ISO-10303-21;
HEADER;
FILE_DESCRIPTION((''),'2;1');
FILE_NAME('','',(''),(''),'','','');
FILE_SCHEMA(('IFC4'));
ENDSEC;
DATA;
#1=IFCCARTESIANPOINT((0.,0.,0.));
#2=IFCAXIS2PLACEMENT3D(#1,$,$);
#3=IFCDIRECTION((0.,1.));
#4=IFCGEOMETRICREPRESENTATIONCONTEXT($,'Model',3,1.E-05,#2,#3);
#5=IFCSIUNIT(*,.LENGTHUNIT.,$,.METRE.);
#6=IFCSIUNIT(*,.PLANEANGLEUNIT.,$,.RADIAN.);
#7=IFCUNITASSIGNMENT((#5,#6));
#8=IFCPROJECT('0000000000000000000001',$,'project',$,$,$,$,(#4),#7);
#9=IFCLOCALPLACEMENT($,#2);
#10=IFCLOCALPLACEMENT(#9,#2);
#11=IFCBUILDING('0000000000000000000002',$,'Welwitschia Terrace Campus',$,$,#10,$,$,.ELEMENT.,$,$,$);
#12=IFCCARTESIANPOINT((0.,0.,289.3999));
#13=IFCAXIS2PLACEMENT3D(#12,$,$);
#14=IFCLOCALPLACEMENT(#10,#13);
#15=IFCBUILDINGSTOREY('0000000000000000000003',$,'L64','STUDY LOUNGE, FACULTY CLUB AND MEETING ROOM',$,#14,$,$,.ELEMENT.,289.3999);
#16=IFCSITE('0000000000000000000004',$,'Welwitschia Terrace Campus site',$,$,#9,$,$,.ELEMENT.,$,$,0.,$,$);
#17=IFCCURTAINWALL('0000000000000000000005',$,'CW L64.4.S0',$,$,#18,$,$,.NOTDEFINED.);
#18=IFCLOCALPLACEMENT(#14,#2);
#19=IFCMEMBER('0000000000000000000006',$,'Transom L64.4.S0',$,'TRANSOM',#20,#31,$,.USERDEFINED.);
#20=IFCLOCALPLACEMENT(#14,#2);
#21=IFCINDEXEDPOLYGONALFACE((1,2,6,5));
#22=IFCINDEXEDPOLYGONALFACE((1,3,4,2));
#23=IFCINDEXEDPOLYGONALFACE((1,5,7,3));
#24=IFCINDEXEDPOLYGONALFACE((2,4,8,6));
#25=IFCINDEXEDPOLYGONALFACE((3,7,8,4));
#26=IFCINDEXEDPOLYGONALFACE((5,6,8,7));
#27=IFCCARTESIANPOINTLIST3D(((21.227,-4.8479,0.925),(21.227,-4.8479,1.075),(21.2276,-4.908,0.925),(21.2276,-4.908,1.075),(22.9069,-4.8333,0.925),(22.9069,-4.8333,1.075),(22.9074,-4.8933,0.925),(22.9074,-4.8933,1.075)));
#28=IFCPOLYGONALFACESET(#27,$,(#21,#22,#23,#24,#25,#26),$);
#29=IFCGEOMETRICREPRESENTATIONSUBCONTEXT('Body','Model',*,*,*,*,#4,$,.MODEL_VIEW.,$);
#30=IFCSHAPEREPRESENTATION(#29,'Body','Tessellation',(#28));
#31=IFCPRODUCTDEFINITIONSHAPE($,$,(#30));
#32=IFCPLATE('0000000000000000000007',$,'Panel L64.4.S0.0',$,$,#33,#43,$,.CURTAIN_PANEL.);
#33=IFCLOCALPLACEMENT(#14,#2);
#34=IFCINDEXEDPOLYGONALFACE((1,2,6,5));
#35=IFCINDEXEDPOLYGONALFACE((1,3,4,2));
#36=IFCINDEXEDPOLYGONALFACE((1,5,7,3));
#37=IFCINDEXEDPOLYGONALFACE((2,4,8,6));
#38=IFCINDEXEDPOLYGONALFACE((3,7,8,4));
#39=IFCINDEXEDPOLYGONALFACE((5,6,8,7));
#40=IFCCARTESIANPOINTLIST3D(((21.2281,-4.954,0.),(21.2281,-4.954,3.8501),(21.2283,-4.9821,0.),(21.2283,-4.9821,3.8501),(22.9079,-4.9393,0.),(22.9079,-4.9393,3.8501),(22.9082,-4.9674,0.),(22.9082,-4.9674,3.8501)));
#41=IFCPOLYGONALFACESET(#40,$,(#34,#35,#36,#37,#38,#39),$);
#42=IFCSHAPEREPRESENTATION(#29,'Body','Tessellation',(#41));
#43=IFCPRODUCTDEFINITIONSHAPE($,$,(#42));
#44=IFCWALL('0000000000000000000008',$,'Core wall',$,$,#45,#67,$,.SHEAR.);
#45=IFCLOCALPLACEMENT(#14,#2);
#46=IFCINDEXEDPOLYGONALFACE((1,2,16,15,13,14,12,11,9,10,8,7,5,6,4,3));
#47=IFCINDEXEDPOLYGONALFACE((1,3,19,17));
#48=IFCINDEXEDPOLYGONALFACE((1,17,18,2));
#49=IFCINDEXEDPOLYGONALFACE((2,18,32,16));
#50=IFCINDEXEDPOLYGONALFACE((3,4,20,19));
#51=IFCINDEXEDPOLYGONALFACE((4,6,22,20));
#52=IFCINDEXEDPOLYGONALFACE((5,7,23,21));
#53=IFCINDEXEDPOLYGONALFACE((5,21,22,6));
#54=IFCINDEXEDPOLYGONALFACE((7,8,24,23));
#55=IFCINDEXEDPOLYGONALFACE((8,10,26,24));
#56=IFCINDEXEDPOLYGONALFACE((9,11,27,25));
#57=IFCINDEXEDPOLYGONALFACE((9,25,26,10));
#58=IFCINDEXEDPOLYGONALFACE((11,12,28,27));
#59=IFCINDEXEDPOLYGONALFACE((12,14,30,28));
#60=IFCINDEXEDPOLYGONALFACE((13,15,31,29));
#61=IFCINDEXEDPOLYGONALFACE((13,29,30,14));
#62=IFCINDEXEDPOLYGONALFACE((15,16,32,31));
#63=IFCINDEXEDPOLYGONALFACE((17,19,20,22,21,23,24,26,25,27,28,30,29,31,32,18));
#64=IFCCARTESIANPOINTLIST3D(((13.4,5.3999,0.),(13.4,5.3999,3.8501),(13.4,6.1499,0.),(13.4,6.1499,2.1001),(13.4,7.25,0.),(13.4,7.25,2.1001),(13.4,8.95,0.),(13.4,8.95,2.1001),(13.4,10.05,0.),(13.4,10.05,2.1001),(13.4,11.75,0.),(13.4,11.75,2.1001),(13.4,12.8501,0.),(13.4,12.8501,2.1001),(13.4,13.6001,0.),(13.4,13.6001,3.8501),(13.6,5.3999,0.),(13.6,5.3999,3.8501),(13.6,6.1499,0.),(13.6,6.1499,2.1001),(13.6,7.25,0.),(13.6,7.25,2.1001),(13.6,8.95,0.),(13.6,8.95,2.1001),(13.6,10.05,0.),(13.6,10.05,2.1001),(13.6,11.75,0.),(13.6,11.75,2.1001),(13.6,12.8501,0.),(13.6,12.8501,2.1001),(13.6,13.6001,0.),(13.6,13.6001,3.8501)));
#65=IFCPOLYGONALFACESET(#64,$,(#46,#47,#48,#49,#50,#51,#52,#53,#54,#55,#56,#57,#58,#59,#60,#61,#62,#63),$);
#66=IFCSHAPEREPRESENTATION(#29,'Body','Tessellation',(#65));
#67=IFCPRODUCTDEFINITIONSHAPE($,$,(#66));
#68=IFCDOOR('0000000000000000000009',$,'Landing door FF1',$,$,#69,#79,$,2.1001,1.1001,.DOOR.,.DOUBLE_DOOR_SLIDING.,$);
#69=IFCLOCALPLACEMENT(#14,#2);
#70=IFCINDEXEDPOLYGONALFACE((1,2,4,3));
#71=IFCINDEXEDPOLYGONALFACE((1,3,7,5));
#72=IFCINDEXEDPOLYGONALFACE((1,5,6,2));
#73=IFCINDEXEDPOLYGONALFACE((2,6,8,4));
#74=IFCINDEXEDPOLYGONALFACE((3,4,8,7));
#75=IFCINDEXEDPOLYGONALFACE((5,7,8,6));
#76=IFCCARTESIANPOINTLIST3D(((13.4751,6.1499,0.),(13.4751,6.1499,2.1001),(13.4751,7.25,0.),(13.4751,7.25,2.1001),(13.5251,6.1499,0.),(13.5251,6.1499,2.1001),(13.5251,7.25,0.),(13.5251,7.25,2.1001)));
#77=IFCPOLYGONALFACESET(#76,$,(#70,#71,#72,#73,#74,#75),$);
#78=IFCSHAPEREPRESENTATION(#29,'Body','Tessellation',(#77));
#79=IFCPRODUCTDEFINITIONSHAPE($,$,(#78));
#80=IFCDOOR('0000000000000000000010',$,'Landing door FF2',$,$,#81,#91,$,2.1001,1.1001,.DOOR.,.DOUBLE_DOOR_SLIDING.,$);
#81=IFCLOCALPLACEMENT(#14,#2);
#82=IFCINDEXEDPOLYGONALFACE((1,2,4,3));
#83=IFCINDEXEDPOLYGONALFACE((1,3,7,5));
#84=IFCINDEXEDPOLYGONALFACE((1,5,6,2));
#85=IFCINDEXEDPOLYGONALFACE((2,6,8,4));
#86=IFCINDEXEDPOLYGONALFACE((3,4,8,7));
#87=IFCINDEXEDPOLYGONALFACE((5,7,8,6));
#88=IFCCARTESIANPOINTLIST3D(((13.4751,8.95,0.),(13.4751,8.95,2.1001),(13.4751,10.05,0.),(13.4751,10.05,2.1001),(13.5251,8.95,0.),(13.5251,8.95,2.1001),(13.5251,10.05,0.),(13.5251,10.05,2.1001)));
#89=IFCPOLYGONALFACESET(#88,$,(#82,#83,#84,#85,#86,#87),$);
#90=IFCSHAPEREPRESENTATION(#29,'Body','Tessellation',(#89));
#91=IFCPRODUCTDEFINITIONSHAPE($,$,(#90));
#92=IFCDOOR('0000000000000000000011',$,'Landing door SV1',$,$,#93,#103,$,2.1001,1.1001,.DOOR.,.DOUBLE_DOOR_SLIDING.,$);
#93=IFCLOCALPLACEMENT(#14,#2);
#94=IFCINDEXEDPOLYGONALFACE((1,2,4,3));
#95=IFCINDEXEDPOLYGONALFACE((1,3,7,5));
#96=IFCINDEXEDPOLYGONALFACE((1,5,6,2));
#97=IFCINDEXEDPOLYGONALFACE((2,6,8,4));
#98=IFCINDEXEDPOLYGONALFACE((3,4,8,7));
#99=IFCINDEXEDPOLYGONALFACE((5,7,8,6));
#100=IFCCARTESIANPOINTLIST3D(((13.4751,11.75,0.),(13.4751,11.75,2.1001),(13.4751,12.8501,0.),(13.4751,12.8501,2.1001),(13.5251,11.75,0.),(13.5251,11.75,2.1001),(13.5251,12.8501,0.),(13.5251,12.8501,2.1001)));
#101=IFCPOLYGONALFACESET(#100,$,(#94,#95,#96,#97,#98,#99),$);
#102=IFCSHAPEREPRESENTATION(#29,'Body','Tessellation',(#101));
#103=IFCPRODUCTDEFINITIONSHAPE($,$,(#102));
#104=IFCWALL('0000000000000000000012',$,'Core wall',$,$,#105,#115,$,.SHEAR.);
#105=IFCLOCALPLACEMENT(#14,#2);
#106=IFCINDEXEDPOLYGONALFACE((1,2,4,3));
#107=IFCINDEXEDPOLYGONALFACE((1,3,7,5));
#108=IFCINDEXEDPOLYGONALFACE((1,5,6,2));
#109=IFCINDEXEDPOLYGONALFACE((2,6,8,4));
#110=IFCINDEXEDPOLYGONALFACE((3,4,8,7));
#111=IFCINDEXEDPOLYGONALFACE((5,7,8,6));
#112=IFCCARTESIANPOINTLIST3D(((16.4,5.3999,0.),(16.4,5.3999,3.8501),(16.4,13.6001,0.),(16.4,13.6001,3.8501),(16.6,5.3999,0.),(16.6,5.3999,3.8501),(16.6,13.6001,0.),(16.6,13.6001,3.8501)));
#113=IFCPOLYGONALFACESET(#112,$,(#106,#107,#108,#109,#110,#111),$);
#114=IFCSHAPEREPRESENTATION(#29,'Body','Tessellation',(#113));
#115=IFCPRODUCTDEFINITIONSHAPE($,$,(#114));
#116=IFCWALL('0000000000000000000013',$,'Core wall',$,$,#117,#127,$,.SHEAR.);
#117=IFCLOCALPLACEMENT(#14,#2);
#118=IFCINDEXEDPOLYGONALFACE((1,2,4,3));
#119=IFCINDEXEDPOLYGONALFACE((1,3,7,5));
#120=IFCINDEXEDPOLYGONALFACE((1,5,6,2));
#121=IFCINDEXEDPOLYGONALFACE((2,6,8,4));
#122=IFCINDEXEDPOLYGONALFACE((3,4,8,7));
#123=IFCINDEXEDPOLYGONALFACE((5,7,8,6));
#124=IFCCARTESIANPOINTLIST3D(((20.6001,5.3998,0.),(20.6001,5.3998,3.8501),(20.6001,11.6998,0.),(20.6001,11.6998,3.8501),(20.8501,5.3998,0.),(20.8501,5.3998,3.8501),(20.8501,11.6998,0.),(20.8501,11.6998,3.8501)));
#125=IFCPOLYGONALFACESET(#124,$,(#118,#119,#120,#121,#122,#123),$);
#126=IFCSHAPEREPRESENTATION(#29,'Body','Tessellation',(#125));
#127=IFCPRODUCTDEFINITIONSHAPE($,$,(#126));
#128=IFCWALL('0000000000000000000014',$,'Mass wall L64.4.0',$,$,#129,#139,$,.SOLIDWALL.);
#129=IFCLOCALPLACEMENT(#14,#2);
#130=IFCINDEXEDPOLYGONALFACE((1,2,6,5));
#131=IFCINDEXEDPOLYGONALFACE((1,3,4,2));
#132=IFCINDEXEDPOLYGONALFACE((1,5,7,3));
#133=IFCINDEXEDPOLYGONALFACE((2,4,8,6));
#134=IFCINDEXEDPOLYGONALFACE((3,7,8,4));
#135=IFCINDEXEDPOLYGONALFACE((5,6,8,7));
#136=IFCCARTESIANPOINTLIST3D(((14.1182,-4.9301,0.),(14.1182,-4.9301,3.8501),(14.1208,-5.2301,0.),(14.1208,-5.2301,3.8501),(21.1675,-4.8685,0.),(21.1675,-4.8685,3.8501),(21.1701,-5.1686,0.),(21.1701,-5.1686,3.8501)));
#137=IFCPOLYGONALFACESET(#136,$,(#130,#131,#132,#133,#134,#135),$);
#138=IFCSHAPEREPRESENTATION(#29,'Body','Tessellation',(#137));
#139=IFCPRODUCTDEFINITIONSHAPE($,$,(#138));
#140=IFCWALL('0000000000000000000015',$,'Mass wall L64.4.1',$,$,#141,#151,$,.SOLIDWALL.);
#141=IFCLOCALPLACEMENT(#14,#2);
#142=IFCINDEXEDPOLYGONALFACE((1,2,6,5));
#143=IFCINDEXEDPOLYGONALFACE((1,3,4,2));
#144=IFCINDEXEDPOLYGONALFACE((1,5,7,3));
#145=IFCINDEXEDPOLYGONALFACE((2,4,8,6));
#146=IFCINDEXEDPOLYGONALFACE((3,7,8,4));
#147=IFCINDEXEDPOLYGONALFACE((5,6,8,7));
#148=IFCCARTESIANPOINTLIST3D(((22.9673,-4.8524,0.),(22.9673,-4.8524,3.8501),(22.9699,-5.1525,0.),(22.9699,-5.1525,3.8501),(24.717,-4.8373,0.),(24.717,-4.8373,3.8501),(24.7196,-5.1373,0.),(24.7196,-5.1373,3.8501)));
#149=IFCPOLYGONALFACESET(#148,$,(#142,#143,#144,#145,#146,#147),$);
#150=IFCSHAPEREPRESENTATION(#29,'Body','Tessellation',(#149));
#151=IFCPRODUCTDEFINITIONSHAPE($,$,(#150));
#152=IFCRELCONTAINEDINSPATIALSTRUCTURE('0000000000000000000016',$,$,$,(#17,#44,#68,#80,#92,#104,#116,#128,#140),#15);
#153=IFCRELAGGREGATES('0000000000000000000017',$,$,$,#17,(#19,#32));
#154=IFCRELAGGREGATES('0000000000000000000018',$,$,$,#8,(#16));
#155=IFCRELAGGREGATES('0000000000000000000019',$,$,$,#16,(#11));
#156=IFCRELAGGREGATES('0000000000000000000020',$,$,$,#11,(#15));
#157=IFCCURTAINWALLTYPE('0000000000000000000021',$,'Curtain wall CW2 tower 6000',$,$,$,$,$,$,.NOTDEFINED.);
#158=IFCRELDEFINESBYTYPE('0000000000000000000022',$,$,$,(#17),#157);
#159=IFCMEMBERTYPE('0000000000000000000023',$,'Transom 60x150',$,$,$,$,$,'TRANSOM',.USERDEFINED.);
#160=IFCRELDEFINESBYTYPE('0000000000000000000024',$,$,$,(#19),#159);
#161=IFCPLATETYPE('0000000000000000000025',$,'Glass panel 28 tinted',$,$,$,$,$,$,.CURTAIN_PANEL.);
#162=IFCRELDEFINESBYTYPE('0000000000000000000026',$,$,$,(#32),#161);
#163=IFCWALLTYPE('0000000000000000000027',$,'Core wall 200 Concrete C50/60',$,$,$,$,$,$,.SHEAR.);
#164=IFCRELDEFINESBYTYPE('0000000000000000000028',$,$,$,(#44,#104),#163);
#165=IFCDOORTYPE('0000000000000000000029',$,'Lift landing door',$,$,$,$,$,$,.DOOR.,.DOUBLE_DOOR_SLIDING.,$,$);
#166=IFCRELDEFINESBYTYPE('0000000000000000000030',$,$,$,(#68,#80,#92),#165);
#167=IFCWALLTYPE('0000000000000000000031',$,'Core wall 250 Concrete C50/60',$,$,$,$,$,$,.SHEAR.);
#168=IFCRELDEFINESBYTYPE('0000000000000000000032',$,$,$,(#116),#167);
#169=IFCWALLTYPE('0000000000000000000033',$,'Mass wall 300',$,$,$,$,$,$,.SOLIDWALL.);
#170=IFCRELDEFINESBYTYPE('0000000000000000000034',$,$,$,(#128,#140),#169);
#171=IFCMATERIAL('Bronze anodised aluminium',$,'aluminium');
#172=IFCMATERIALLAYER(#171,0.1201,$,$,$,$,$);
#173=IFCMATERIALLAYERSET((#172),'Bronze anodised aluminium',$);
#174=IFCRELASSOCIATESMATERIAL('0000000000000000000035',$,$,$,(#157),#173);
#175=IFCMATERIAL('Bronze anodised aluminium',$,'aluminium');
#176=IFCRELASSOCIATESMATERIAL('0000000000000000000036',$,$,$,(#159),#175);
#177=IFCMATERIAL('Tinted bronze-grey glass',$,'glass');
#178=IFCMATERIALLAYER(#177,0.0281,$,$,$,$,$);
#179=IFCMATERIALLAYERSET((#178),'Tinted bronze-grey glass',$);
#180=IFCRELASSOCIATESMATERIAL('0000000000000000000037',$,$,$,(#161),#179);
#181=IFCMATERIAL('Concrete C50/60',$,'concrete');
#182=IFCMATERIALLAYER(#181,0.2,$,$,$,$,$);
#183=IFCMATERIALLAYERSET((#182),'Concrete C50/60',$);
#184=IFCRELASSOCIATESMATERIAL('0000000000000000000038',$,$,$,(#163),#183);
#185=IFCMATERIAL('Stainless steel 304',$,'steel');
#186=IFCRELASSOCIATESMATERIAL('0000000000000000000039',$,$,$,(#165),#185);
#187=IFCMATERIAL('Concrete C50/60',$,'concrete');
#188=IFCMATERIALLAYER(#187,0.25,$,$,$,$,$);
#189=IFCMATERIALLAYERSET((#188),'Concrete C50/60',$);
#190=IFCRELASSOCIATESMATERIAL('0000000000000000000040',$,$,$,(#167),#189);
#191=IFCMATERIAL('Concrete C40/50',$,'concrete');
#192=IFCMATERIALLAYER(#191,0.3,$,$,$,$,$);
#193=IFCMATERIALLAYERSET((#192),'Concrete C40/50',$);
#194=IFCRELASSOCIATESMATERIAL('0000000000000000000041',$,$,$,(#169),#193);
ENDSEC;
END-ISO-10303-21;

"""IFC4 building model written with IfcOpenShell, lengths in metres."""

from ifc_helpers import new_model, si_unit, direction, frame, frame_2d, origin, origin_2d, place, context, subcontext, project, spatial, rectangle, extrude, material, layer, layer_set, material_profile, profile_set, type_object, element, fill, aggregate, save


model = new_model("IFC4")

# Units and contexts
model_context = context("Model", 3, precision=1e-05, world=origin(), true_north=direction((0.0, 1.0)))
body_context = subcontext(model_context, "Body", "Model", "MODEL_VIEW")
ifc_project = project(units=[si_unit("LENGTHUNIT", "METRE"), si_unit("PLANEANGLEUNIT", "RADIAN")], contexts=[model_context])

# Site, building, storey
site_placement = place(None, origin())
site = spatial("IfcSite", under=ifc_project, at=site_placement, Name="Welwitschia Terrace Campus site", CompositionType="ELEMENT", RefElevation=0.0)
building_placement = place(site_placement, origin())
building = spatial("IfcBuilding", under=site, at=building_placement, Name="Welwitschia Terrace Campus", CompositionType="ELEMENT")
storey_placement = place(building_placement, frame((0.0, 0.0, 289.3999)))
storey = spatial("IfcBuildingStorey", under=building, at=storey_placement, Name="L64", Description="STUDY LOUNGE, FACULTY CLUB AND MEETING ROOM", CompositionType="ELEMENT", Elevation=289.3999)

# Curtain wall
ifc_material_1 = material(Name="Bronze anodised aluminium", Category="aluminium")
ifc_layer_1 = layer(ifc_material_1, 0.1201)
ifc_layer_set_1 = layer_set([ifc_layer_1], Name="Bronze anodised aluminium")
curtain_wall_type = type_object("IfcCurtainWallType", Name="Curtain wall CW2 tower 6000", PredefinedType="NOTDEFINED", material=ifc_layer_set_1)
curtain_wall_placement = place(storey_placement, origin())
curtain_wall = element("IfcCurtainWall", 1, at=curtain_wall_placement, inside=storey, type_object=curtain_wall_type, Name="CW L64.4.S0", PredefinedType="NOTDEFINED")

# Member
ifc_material_2 = material(Name="Bronze anodised aluminium", Category="aluminium")
ifc_material_profile_1 = material_profile(ifc_material_2, rectangle(XDim=0.0601, YDim=0.1499, at=origin_2d()))
ifc_profile_set_1 = profile_set([ifc_material_profile_1], Name="Bronze anodised aluminium")
member_type_1 = type_object("IfcMemberType", Name="Transom 60x150", ElementType="TRANSOM", PredefinedType="USERDEFINED", material=ifc_profile_set_1)
member_1_placement = place(storey_placement, frame((21.2273, -4.8779, 1.0), z_axis=(0.999962, 0.008719, 0.0), x_axis=(-0.008719, 0.999962, 0.0)))
member_1 = element("IfcMember", 2, at=member_1_placement, type_object=member_type_1, Name="Transom L64.4.S0", ObjectType="TRANSOM", PredefinedType="USERDEFINED", context=body_context, shape_type="SweptSolid", body=[
    extrude(rectangle(XDim=0.0601, YDim=0.1499, at=origin_2d()), origin(), (0.0, 0.0, 1.0), 1.6799),
])

# Plate
ifc_material_3 = material(Name="Tinted bronze-grey glass", Category="glass")
ifc_layer_2 = layer(ifc_material_3, 0.0281)
ifc_layer_set_2 = layer_set([ifc_layer_2], Name="Tinted bronze-grey glass")
plate_type = type_object("IfcPlateType", Name="Glass panel 28 tinted", PredefinedType="CURTAIN_PANEL", material=ifc_layer_set_2)
plate_placement = place(storey_placement, frame((22.0681, -4.9607, 0.0), z_axis=(0.0, 0.0, 1.0), x_axis=(0.999962, 0.008727, 0.0)))
plate = element("IfcPlate", 3, at=plate_placement, type_object=plate_type, Name="Panel L64.4.S0.0", PredefinedType="CURTAIN_PANEL", context=body_context, shape_type="SweptSolid", body=[
    extrude(rectangle(XDim=1.6799, YDim=0.0281, at=origin_2d()), origin(), (0.0, 0.0, 1.0), 3.8501),
])
aggregate(curtain_wall, [member_1, plate])

# Wall, openings, doors
ifc_material_4 = material(Name="Concrete C50/60", Category="concrete")
ifc_layer_3 = layer(ifc_material_4, 0.2)
ifc_layer_set_3 = layer_set([ifc_layer_3], Name="Concrete C50/60")
wall_type_1 = type_object("IfcWallType", Name="Core wall 200 Concrete C50/60", PredefinedType="SHEAR", material=ifc_layer_set_3)
wall_1_placement = place(storey_placement, frame((13.5, 5.3999, 0.0), z_axis=(0.0, 0.0, 1.0), x_axis=(0.0, 1.0, 0.0)))
wall_1 = element("IfcWall", 4, at=wall_1_placement, inside=storey, type_object=wall_type_1, Name="Core wall", PredefinedType="SHEAR", context=body_context, shape_type="SweptSolid", body=[
    extrude(rectangle(XDim=8.2002, YDim=0.2, at=frame_2d((4.1001, 0.0))), origin(), (0.0, 0.0, 1.0), 3.8501),
])
opening_1_placement = place(wall_1_placement, frame((0.75, 0.0, 0.0)))
opening_1 = element("IfcOpeningElement", 5, at=opening_1_placement, cuts=wall_1, PredefinedType="OPENING", context=body_context, shape_type="SweptSolid", body=[
    extrude(rectangle(XDim=1.1001, YDim=2.1001, at=frame_2d((0.55, 1.05))), frame((0.0, 0.1099, 0.0), z_axis=(0.0, -1.0, 0.0), x_axis=(1.0, 0.0, 0.0)), (0.0, 0.0, 1.0), 0.22),
])
opening_2_placement = place(wall_1_placement, frame((3.55, 0.0, 0.0)))
opening_2 = element("IfcOpeningElement", 6, at=opening_2_placement, cuts=wall_1, PredefinedType="OPENING", context=body_context, shape_type="SweptSolid", body=[
    extrude(rectangle(XDim=1.1001, YDim=2.1001, at=frame_2d((0.55, 1.05))), frame((0.0, 0.1099, 0.0), z_axis=(0.0, -1.0, 0.0), x_axis=(1.0, 0.0, 0.0)), (0.0, 0.0, 1.0), 0.22),
])
opening_3_placement = place(wall_1_placement, frame((6.3501, 0.0, 0.0)))
opening_3 = element("IfcOpeningElement", 7, at=opening_3_placement, cuts=wall_1, PredefinedType="OPENING", context=body_context, shape_type="SweptSolid", body=[
    extrude(rectangle(XDim=1.1001, YDim=2.1001, at=frame_2d((0.55, 1.05))), frame((0.0, 0.1099, 0.0), z_axis=(0.0, -1.0, 0.0), x_axis=(1.0, 0.0, 0.0)), (0.0, 0.0, 1.0), 0.22),
])
ifc_material_5 = material(Name="Stainless steel 304", Category="steel")
door_type = type_object("IfcDoorType", Name="Lift landing door", OperationType="DOUBLE_DOOR_SLIDING", PredefinedType="DOOR", material=ifc_material_5)
door_1_placement = place(opening_1_placement, origin())
door_1 = element("IfcDoor", 8, at=door_1_placement, inside=storey, type_object=door_type, Name="Landing door FF1", OperationType="DOUBLE_DOOR_SLIDING", OverallHeight=2.1001, OverallWidth=1.1001, PredefinedType="DOOR", context=body_context, shape_type="SweptSolid", body=[
    extrude(rectangle(XDim=1.1001, YDim=2.1001, at=frame_2d((0.55, 1.05))), frame((0.0, 0.0249, 0.0), z_axis=(0.0, -1.0, 0.0), x_axis=(1.0, 0.0, 0.0)), (0.0, 0.0, 1.0), 0.05),
])
fill(opening_1, door_1)
door_2_placement = place(opening_2_placement, origin())
door_2 = element("IfcDoor", 9, at=door_2_placement, inside=storey, type_object=door_type, Name="Landing door FF2", OperationType="DOUBLE_DOOR_SLIDING", OverallHeight=2.1001, OverallWidth=1.1001, PredefinedType="DOOR", context=body_context, shape_type="SweptSolid", body=[
    extrude(rectangle(XDim=1.1001, YDim=2.1001, at=frame_2d((0.55, 1.05))), frame((0.0, 0.0249, 0.0), z_axis=(0.0, -1.0, 0.0), x_axis=(1.0, 0.0, 0.0)), (0.0, 0.0, 1.0), 0.05),
])
fill(opening_2, door_2)
door_3_placement = place(opening_3_placement, origin())
door_3 = element("IfcDoor", 10, at=door_3_placement, inside=storey, type_object=door_type, Name="Landing door SV1", OperationType="DOUBLE_DOOR_SLIDING", OverallHeight=2.1001, OverallWidth=1.1001, PredefinedType="DOOR", context=body_context, shape_type="SweptSolid", body=[
    extrude(rectangle(XDim=1.1001, YDim=2.1001, at=frame_2d((0.55, 1.05))), frame((0.0, 0.0249, 0.0), z_axis=(0.0, -1.0, 0.0), x_axis=(1.0, 0.0, 0.0)), (0.0, 0.0, 1.0), 0.05),
])
fill(opening_3, door_3)

# Walls
wall_2_placement = place(storey_placement, frame((16.5, 5.3999, 0.0), z_axis=(0.0, 0.0, 1.0), x_axis=(0.0, 1.0, 0.0)))
element("IfcWall", 11, at=wall_2_placement, inside=storey, type_object=wall_type_1, Name="Core wall", PredefinedType="SHEAR", context=body_context, shape_type="SweptSolid", body=[
    extrude(rectangle(XDim=8.2002, YDim=0.2, at=frame_2d((4.1001, 0.0))), origin(), (0.0, 0.0, 1.0), 3.8501),
])
ifc_material_6 = material(Name="Concrete C50/60", Category="concrete")
ifc_layer_4 = layer(ifc_material_6, 0.25)
ifc_layer_set_4 = layer_set([ifc_layer_4], Name="Concrete C50/60")
wall_type_2 = type_object("IfcWallType", Name="Core wall 250 Concrete C50/60", PredefinedType="SHEAR", material=ifc_layer_set_4)
wall_3_placement = place(storey_placement, frame((20.7251, 5.3999, 0.0), z_axis=(0.0, 0.0, 1.0), x_axis=(0.0, 1.0, 0.0)))
element("IfcWall", 12, at=wall_3_placement, inside=storey, type_object=wall_type_2, Name="Core wall", PredefinedType="SHEAR", context=body_context, shape_type="SweptSolid", body=[
    extrude(rectangle(XDim=6.3, YDim=0.25, at=frame_2d((3.1499, 0.0))), origin(), (0.0, 0.0, 1.0), 3.8501),
])
ifc_material_7 = material(Name="Concrete C40/50", Category="concrete")
ifc_layer_5 = layer(ifc_material_7, 0.3)
ifc_layer_set_5 = layer_set([ifc_layer_5], Name="Concrete C40/50")
wall_type_3 = type_object("IfcWallType", Name="Mass wall 300", PredefinedType="SOLIDWALL", material=ifc_layer_set_5)
wall_4_placement = place(storey_placement, frame((14.1194, -5.0801, 0.0), z_axis=(0.0, 0.0, 1.0), x_axis=(0.999962, 0.008727, 0.0)))
element("IfcWall", 13, at=wall_4_placement, inside=storey, type_object=wall_type_3, Name="Mass wall L64.4.0", PredefinedType="SOLIDWALL", context=body_context, shape_type="SweptSolid", body=[
    extrude(rectangle(XDim=7.0496, YDim=0.3, at=frame_2d((3.5249, 0.0))), origin(), (0.0, 0.0, 1.0), 3.8501),
])
wall_5_placement = place(storey_placement, frame((22.9685, -5.0024, 0.0), z_axis=(0.0, 0.0, 1.0), x_axis=(0.999963, 0.00865, 0.0)))
element("IfcWall", 14, at=wall_5_placement, inside=storey, type_object=wall_type_3, Name="Mass wall L64.4.1", PredefinedType="SOLIDWALL", context=body_context, shape_type="SweptSolid", body=[
    extrude(rectangle(XDim=1.7498, YDim=0.3, at=frame_2d((0.875, 0.0))), origin(), (0.0, 0.0, 1.0), 3.8501),
])

save(model, "model.ifc")
